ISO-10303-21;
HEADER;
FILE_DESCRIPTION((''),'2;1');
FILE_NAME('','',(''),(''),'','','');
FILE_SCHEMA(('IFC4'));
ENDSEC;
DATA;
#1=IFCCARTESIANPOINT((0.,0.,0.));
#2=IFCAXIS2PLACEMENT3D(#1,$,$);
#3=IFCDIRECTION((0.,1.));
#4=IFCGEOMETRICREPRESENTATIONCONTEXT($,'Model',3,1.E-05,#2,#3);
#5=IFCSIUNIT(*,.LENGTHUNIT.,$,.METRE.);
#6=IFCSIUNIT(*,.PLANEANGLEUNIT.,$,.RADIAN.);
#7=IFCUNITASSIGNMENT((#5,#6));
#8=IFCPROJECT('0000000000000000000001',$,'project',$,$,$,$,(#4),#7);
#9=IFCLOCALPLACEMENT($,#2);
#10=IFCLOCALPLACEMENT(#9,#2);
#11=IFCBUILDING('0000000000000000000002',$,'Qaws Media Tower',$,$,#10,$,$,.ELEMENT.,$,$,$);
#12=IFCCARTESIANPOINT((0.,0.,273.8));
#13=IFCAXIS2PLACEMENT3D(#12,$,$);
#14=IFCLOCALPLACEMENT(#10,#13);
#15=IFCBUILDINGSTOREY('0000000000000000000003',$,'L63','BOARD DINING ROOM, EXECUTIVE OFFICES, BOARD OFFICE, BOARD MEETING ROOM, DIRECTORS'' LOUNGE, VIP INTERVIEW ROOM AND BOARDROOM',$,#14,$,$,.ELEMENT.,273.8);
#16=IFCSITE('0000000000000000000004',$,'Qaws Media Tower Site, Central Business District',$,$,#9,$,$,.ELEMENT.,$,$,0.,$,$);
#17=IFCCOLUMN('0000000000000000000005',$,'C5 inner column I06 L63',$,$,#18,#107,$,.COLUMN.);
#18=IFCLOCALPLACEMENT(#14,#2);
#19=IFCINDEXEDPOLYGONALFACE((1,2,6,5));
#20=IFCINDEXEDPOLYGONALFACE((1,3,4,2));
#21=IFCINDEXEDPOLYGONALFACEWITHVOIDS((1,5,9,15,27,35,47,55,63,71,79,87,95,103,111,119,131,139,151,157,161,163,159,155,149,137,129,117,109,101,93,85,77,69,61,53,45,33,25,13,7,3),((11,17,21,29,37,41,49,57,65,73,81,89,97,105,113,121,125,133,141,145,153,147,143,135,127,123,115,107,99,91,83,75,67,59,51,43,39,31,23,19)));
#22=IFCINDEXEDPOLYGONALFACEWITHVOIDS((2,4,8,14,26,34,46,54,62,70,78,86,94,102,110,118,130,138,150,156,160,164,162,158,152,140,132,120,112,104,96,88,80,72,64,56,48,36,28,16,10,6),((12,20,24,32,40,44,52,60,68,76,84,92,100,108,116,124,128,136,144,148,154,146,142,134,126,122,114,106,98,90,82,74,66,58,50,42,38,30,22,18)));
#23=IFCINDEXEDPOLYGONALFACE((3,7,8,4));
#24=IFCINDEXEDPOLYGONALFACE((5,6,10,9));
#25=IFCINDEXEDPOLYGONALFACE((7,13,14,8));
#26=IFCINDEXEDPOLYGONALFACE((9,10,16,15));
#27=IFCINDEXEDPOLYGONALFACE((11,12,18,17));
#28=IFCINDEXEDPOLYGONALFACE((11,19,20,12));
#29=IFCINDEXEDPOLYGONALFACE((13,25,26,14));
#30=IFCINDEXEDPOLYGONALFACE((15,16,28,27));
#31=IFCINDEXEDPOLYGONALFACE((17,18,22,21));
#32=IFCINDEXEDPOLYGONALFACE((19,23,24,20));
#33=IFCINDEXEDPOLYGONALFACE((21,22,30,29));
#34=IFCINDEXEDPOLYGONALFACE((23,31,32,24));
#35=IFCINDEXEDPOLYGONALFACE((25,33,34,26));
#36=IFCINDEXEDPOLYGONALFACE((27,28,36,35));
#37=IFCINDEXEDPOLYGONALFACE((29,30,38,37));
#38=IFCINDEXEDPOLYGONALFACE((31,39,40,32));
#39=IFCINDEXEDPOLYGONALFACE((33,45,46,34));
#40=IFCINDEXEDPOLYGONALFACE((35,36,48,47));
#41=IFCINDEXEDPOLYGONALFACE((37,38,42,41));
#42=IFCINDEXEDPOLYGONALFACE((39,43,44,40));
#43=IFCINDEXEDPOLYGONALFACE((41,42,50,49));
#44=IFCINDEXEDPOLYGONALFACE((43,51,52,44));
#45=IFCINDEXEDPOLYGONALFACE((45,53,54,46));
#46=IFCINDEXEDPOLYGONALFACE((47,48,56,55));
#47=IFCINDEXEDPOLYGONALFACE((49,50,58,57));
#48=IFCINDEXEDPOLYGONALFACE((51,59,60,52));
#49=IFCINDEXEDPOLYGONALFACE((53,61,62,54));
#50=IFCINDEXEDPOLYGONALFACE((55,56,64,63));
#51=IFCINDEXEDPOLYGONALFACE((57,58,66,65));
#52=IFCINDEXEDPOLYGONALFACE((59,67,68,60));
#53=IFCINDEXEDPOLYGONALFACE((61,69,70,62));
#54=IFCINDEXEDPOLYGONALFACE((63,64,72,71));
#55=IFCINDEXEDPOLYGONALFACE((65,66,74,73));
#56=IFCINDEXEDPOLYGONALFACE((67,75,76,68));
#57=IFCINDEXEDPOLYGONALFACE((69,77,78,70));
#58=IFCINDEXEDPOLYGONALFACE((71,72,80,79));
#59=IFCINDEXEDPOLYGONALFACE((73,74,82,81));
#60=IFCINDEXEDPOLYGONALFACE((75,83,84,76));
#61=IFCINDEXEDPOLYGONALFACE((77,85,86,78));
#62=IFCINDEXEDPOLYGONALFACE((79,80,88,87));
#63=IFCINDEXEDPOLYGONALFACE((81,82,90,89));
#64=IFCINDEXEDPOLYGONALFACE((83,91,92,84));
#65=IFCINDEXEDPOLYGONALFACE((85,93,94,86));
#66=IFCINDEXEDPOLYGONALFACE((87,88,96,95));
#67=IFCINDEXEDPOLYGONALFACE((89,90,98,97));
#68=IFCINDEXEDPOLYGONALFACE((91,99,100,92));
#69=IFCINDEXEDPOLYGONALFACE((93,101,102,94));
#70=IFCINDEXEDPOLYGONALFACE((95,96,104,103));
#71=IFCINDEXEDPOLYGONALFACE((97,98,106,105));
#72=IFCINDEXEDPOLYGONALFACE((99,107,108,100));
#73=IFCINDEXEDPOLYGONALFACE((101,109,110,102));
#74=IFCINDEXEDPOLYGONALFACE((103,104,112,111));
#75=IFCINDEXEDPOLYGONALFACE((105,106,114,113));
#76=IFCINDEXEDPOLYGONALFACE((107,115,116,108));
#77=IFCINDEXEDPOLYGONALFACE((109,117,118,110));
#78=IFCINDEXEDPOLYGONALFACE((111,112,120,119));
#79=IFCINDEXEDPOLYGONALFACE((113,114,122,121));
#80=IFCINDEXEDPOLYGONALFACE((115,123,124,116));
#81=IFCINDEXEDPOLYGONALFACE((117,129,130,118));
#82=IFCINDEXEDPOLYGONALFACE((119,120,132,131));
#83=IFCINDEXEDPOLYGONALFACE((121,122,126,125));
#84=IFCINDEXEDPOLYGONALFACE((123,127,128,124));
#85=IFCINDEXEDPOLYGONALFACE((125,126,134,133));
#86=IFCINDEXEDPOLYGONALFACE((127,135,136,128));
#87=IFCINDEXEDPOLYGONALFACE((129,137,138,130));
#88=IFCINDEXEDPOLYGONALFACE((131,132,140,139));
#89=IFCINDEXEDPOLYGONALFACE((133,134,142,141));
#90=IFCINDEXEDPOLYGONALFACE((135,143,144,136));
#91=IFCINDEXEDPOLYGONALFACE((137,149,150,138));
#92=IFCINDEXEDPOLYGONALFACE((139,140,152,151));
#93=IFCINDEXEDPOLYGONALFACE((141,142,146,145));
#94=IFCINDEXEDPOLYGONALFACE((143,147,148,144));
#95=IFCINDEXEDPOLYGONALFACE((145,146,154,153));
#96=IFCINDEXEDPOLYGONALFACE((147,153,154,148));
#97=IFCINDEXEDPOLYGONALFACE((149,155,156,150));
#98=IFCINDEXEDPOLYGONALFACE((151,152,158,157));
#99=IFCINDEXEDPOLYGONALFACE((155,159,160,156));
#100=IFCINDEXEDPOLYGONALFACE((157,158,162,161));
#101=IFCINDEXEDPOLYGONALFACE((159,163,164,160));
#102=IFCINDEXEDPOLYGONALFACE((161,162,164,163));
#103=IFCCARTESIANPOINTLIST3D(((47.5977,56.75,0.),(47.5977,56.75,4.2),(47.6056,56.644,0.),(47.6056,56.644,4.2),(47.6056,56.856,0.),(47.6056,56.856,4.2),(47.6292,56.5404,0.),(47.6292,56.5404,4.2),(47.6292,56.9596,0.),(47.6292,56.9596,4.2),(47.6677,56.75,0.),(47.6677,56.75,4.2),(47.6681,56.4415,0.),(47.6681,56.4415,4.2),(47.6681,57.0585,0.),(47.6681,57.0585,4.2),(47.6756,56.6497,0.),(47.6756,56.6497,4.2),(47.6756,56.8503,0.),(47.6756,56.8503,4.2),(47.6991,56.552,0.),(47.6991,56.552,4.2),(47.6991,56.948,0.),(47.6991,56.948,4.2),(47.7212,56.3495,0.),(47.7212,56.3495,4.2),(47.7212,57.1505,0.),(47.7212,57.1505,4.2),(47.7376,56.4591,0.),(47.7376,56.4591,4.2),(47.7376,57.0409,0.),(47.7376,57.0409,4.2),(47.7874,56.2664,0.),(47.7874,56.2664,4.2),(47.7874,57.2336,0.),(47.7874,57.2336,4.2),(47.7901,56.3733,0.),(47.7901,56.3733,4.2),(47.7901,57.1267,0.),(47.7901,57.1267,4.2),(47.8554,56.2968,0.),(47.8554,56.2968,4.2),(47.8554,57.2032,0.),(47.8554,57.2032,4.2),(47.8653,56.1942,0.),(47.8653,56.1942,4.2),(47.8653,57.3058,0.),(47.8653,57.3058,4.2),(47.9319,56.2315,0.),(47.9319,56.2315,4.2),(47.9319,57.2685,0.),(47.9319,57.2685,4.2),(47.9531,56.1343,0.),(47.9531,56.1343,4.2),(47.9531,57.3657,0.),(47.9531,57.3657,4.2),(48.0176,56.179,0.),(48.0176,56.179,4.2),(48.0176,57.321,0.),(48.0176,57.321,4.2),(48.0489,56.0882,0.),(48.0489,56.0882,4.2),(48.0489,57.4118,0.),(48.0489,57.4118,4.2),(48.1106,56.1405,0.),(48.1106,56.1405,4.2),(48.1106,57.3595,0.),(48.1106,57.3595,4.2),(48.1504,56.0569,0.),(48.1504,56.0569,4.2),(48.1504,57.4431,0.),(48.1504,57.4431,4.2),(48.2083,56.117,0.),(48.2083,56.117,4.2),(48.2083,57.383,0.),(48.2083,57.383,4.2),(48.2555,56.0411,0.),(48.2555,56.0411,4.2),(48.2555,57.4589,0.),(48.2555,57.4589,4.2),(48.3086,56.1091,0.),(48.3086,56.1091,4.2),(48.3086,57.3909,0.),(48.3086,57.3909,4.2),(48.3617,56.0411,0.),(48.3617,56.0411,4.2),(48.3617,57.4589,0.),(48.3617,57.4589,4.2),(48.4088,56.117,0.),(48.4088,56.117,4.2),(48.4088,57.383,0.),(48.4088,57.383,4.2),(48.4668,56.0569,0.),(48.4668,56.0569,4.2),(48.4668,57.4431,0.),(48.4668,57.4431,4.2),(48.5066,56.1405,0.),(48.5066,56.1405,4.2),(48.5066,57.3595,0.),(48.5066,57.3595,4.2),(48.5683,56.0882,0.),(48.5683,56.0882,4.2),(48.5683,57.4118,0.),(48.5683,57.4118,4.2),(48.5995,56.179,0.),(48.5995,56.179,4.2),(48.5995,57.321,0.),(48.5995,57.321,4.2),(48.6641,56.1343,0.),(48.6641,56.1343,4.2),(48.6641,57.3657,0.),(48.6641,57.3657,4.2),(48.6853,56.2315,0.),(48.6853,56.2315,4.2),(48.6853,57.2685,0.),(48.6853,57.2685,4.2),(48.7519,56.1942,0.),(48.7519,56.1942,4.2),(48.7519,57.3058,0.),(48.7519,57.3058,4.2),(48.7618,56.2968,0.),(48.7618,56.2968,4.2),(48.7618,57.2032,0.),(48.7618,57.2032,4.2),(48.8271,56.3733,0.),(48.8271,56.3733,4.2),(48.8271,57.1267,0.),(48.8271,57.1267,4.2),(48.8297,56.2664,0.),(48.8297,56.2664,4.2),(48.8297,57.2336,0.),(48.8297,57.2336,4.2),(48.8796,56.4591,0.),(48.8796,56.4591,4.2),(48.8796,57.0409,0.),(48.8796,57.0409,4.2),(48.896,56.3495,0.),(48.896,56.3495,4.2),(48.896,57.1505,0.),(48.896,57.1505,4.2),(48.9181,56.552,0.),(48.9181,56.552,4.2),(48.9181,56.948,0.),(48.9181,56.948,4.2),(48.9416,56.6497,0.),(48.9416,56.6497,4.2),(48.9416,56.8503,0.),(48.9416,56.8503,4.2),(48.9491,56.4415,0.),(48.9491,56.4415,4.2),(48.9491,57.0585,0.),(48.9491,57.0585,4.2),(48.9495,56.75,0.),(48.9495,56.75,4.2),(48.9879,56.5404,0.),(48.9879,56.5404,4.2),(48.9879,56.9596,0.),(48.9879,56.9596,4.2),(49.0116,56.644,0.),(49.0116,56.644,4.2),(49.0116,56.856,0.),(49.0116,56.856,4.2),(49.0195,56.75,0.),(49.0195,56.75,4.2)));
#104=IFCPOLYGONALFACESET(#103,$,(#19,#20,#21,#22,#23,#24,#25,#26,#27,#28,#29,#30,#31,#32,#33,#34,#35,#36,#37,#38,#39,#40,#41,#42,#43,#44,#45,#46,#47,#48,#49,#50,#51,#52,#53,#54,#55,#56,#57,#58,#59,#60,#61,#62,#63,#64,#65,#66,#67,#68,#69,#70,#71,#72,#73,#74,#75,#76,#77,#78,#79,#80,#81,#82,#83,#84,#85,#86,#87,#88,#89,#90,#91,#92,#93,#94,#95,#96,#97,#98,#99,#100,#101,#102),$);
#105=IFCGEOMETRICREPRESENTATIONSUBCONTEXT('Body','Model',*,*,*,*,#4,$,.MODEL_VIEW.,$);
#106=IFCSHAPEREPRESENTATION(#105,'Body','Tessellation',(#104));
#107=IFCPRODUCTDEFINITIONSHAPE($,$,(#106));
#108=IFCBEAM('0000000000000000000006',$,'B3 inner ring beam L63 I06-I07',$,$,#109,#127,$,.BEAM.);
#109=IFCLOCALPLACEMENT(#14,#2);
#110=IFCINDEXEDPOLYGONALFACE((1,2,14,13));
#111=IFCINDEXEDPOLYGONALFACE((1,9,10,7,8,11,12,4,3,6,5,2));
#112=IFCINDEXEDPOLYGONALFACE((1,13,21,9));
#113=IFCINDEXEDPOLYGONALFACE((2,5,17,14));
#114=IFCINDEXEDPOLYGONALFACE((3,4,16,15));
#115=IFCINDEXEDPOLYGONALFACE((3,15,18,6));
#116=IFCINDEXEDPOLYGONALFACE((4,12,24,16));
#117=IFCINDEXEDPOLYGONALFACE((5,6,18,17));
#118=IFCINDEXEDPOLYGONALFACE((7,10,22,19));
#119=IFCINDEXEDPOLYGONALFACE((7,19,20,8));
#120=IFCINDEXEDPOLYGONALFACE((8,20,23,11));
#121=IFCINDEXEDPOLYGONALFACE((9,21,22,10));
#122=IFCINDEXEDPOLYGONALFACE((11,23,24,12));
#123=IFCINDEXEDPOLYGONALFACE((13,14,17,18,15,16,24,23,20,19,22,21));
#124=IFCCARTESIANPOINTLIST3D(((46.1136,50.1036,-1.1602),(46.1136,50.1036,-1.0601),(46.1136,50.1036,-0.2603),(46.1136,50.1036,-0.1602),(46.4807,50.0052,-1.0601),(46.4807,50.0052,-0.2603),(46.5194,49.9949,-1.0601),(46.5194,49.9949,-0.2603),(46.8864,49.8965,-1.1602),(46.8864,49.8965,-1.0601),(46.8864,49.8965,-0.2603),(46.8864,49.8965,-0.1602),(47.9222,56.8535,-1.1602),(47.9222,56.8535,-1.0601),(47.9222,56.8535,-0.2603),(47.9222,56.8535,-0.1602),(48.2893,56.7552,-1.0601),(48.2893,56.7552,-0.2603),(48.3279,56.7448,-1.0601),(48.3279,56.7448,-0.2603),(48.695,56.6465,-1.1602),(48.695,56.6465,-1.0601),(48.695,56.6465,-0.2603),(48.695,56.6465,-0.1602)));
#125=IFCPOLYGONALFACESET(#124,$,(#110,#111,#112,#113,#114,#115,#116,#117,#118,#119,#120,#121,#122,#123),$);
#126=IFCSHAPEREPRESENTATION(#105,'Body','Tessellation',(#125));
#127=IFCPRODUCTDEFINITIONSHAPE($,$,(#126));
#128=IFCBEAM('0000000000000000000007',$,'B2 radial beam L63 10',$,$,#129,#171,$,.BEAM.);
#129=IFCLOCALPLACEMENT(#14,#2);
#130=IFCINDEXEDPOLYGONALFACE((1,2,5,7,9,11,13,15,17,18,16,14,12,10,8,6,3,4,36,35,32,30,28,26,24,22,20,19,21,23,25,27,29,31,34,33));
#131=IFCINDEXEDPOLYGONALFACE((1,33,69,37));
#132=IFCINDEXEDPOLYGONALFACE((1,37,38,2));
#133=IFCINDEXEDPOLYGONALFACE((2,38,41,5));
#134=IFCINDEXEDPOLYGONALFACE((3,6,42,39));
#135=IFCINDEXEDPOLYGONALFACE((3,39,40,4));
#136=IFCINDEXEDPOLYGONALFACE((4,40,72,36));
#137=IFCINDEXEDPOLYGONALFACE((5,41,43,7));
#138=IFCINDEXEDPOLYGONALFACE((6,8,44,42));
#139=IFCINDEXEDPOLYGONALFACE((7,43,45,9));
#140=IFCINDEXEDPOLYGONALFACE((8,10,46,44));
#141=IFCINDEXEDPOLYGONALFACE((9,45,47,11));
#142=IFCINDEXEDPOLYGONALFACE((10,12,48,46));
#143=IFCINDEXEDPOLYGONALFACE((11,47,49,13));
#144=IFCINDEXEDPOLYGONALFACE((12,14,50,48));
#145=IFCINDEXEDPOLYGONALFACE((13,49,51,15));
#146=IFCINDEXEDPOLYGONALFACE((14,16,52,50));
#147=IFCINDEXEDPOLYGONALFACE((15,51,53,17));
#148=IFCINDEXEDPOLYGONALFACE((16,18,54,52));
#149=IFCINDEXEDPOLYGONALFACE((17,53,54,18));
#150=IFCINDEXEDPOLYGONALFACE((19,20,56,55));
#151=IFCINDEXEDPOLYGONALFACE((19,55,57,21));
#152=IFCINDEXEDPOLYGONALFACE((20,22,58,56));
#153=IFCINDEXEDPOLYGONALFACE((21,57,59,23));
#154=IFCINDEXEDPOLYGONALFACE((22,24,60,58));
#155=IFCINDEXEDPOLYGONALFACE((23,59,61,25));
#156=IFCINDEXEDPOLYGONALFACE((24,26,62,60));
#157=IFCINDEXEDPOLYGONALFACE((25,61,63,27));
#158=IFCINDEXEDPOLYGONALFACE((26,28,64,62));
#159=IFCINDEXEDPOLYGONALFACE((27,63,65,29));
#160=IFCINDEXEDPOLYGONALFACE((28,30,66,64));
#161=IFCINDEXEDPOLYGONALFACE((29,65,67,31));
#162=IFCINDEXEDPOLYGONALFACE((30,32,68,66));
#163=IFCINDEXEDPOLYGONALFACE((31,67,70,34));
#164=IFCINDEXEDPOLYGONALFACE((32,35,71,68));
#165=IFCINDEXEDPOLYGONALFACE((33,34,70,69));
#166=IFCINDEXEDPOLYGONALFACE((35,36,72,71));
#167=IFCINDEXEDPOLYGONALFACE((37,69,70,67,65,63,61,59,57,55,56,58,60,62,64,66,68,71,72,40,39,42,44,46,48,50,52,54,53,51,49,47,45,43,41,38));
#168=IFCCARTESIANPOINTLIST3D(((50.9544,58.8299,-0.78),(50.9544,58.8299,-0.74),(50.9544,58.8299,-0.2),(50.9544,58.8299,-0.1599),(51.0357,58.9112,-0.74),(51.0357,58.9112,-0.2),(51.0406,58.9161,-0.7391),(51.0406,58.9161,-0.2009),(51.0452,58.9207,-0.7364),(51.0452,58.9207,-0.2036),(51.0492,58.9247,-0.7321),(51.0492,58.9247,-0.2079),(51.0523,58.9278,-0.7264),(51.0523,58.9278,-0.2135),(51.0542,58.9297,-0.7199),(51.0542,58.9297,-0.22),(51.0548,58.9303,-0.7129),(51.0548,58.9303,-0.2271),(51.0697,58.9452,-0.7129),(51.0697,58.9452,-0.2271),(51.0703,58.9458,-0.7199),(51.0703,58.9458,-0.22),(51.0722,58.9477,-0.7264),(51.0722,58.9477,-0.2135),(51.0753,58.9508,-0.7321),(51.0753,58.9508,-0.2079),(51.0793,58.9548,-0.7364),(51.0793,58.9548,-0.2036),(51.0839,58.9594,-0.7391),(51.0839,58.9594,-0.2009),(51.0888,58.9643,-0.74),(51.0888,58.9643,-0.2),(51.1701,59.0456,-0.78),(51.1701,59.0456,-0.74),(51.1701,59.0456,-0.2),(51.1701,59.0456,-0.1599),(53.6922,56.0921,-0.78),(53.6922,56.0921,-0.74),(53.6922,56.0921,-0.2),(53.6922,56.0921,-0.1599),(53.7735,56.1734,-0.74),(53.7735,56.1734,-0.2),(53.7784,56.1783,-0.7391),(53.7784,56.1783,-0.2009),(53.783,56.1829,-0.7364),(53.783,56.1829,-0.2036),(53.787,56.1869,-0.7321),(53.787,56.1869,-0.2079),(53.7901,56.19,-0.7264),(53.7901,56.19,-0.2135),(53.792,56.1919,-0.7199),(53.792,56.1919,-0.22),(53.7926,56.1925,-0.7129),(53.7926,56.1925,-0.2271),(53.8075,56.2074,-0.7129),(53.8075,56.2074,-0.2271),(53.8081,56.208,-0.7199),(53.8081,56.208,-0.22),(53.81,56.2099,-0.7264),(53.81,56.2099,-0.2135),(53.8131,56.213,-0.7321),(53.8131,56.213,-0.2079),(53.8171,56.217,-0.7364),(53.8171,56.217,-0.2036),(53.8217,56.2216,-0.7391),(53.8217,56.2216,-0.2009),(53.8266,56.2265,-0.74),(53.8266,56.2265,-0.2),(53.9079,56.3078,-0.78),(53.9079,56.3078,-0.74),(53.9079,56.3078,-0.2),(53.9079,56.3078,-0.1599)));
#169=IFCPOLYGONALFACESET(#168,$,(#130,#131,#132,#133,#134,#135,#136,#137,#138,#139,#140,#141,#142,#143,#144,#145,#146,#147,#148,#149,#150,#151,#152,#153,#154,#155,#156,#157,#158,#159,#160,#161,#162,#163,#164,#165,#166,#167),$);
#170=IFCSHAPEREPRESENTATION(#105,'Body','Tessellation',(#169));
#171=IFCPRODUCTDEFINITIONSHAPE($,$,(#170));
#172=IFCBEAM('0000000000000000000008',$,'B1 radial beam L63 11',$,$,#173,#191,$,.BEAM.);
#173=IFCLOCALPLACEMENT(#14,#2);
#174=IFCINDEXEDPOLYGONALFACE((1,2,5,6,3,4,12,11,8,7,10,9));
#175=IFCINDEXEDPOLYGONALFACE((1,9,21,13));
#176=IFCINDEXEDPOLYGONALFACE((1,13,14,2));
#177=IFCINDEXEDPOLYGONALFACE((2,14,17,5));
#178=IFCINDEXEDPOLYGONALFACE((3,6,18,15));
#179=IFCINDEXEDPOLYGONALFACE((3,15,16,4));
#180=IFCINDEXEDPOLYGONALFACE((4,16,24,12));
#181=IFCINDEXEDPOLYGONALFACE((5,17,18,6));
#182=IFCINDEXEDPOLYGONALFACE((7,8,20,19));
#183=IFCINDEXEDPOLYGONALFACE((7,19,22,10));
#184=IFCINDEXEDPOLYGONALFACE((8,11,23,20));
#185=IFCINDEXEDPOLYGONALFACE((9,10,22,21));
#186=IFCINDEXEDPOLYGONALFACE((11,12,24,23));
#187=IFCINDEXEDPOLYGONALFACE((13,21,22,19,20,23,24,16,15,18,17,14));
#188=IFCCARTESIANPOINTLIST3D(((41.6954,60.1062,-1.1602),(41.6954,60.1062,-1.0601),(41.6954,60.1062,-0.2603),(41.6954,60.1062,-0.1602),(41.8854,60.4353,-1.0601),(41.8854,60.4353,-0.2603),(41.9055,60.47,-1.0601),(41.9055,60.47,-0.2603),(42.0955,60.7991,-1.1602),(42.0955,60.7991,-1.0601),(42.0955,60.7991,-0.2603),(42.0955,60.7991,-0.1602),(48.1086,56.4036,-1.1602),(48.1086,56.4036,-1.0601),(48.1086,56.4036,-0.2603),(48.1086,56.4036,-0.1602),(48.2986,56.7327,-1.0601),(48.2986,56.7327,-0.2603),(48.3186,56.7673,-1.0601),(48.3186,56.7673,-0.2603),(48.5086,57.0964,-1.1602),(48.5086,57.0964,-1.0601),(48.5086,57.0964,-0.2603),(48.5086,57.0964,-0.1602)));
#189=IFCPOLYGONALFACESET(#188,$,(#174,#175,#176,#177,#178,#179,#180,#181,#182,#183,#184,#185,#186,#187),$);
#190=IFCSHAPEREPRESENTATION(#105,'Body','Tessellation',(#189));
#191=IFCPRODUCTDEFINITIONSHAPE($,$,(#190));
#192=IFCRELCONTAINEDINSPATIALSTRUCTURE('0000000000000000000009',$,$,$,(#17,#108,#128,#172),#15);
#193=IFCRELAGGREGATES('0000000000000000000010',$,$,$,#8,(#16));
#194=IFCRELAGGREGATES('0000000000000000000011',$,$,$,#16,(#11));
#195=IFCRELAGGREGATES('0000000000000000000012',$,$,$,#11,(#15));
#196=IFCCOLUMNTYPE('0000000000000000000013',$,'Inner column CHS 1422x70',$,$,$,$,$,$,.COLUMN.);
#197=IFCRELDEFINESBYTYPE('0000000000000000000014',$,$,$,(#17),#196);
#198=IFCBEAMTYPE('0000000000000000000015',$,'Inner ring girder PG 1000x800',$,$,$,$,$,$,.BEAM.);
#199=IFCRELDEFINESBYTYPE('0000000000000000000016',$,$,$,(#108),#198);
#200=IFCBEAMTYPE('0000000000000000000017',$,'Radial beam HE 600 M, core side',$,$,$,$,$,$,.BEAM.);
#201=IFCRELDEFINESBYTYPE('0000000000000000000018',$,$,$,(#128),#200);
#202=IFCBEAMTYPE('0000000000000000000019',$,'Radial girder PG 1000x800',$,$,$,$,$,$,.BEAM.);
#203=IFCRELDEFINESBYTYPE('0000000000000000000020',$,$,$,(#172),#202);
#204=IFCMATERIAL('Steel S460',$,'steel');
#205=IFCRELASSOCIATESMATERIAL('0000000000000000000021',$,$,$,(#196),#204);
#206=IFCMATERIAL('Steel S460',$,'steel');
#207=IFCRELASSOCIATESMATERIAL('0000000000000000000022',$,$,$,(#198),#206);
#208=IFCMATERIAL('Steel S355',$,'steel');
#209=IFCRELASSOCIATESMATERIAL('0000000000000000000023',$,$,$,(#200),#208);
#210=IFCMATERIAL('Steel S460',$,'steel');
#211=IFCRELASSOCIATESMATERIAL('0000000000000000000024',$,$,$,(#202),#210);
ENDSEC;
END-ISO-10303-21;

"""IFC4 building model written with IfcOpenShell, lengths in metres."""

from ifc_helpers import new_model, si_unit, direction, frame, origin, origin_2d, place, context, subcontext, project, spatial, hollow_circle, i_section, extrude, material, material_profile, profile_set, type_object, element, save


model = new_model("IFC4")

# Units and contexts
model_context = context("Model", 3, precision=1e-05, world=origin(), true_north=direction((0.0, 1.0)))
body_context = subcontext(model_context, "Body", "Model", "MODEL_VIEW")
ifc_project = project(units=[si_unit("LENGTHUNIT", "METRE"), si_unit("PLANEANGLEUNIT", "RADIAN")], contexts=[model_context])

# Site, building, storey
site_placement = place(None, origin())
site = spatial("IfcSite", under=ifc_project, at=site_placement, Name="Qaws Media Tower Site, Central Business District", CompositionType="ELEMENT", RefElevation=0.0)
building_placement = place(site_placement, origin())
building = spatial("IfcBuilding", under=site, at=building_placement, Name="Qaws Media Tower", CompositionType="ELEMENT")
storey_placement = place(building_placement, frame((0.0, 0.0, 273.8)))
storey = spatial("IfcBuildingStorey", under=building, at=storey_placement, Name="L63", Description="BOARD DINING ROOM, EXECUTIVE OFFICES, BOARD OFFICE, BOARD MEETING ROOM, DIRECTORS' LOUNGE, VIP INTERVIEW ROOM AND BOARDROOM", CompositionType="ELEMENT", Elevation=273.8)

# Column
ifc_material_1 = material(Name="Steel S460", Category="steel")
ifc_material_profile_1 = material_profile(ifc_material_1, hollow_circle(Radius=0.7109, WallThickness=0.0701, at=origin_2d()), Name="CHS 1422x70")
ifc_profile_set_1 = profile_set([ifc_material_profile_1], Name="Steel S460")
column_type = type_object("IfcColumnType", Name="Inner column CHS 1422x70", PredefinedType="COLUMN", material=ifc_profile_set_1)
column_placement = place(storey_placement, frame((48.3086, 56.75, 0.0), z_axis=(0.0, 0.0, 1.0), x_axis=(1.0, 0.0, 0.0)))
element("IfcColumn", 1, at=column_placement, inside=storey, type_object=column_type, Name="C5 inner column I06 L63", PredefinedType="COLUMN", context=body_context, shape_type="SweptSolid", body=[
    extrude(hollow_circle(Radius=0.7109, WallThickness=0.0701, at=origin_2d()), origin(), (0.0, 0.0, 1.0), 4.2),
])

# Beams
ifc_material_2 = material(Name="Steel S460", Category="steel")
ifc_material_profile_2 = material_profile(ifc_material_2, i_section(OverallWidth=0.8, OverallDepth=1.0, WebThickness=0.04, FlangeThickness=0.1001, at=origin_2d()), Name="PG 1000x800")
ifc_profile_set_2 = profile_set([ifc_material_profile_2], Name="Steel S460")
beam_type_1 = type_object("IfcBeamType", Name="Inner ring girder PG 1000x800", PredefinedType="BEAM", material=ifc_profile_set_2)
beam_1_placement = place(storey_placement, frame((48.3086, 56.75, -0.6602), z_axis=(-0.258811, -0.965928, 0.0), x_axis=(0.965928, -0.258811, 0.0)))
element("IfcBeam", 2, at=beam_1_placement, inside=storey, type_object=beam_type_1, Name="B3 inner ring beam L63 I06-I07", PredefinedType="BEAM", context=body_context, shape_type="SweptSolid", body=[
    extrude(i_section(OverallWidth=0.8, OverallDepth=1.0, WebThickness=0.04, FlangeThickness=0.1001, at=origin_2d()), origin(), (0.0, 0.0, 1.0), 6.988),
])
ifc_material_3 = material(Name="Steel S355", Category="steel")
ifc_material_profile_3 = material_profile(ifc_material_3, i_section(OverallWidth=0.3049, OverallDepth=0.6201, WebThickness=0.021, FlangeThickness=0.04, FilletRadius=0.0271, at=origin_2d()), Name="HE 600 M")
ifc_profile_set_3 = profile_set([ifc_material_profile_3], Name="Steel S355")
beam_type_2 = type_object("IfcBeamType", Name="Radial beam HE 600 M, core side", PredefinedType="BEAM", material=ifc_profile_set_3)
beam_2_placement = place(storey_placement, frame((53.8, 56.2, -0.47), z_axis=(-0.707107, 0.707107, 0.0), x_axis=(-0.707107, -0.707107, 0.0)))
element("IfcBeam", 3, at=beam_2_placement, inside=storey, type_object=beam_type_2, Name="B2 radial beam L63 10", PredefinedType="BEAM", context=body_context, shape_type="SweptSolid", body=[
    extrude(i_section(OverallWidth=0.3049, OverallDepth=0.6201, WebThickness=0.021, FlangeThickness=0.04, FilletRadius=0.0271, at=origin_2d()), origin(), (0.0, 0.0, 1.0), 3.8718),
])
ifc_material_4 = material(Name="Steel S460", Category="steel")
ifc_material_profile_4 = material_profile(ifc_material_4, i_section(OverallWidth=0.8, OverallDepth=1.0, WebThickness=0.04, FlangeThickness=0.1001, at=origin_2d()), Name="PG 1000x800")
ifc_profile_set_4 = profile_set([ifc_material_profile_4], Name="Steel S460")
beam_type_3 = type_object("IfcBeamType", Name="Radial girder PG 1000x800", PredefinedType="BEAM", material=ifc_profile_set_4)
beam_3_placement = place(storey_placement, frame((48.3086, 56.75, -0.6602), z_axis=(-0.866023, 0.500004, 0.0), x_axis=(-0.500004, -0.866023, 0.0)))
element("IfcBeam", 4, at=beam_3_placement, inside=storey, type_object=beam_type_3, Name="B1 radial beam L63 11", PredefinedType="BEAM", context=body_context, shape_type="SweptSolid", body=[
    extrude(i_section(OverallWidth=0.8, OverallDepth=1.0, WebThickness=0.04, FlangeThickness=0.1001, at=origin_2d()), origin(), (0.0, 0.0, 1.0), 7.4053),
])

save(model, "model.ifc")
